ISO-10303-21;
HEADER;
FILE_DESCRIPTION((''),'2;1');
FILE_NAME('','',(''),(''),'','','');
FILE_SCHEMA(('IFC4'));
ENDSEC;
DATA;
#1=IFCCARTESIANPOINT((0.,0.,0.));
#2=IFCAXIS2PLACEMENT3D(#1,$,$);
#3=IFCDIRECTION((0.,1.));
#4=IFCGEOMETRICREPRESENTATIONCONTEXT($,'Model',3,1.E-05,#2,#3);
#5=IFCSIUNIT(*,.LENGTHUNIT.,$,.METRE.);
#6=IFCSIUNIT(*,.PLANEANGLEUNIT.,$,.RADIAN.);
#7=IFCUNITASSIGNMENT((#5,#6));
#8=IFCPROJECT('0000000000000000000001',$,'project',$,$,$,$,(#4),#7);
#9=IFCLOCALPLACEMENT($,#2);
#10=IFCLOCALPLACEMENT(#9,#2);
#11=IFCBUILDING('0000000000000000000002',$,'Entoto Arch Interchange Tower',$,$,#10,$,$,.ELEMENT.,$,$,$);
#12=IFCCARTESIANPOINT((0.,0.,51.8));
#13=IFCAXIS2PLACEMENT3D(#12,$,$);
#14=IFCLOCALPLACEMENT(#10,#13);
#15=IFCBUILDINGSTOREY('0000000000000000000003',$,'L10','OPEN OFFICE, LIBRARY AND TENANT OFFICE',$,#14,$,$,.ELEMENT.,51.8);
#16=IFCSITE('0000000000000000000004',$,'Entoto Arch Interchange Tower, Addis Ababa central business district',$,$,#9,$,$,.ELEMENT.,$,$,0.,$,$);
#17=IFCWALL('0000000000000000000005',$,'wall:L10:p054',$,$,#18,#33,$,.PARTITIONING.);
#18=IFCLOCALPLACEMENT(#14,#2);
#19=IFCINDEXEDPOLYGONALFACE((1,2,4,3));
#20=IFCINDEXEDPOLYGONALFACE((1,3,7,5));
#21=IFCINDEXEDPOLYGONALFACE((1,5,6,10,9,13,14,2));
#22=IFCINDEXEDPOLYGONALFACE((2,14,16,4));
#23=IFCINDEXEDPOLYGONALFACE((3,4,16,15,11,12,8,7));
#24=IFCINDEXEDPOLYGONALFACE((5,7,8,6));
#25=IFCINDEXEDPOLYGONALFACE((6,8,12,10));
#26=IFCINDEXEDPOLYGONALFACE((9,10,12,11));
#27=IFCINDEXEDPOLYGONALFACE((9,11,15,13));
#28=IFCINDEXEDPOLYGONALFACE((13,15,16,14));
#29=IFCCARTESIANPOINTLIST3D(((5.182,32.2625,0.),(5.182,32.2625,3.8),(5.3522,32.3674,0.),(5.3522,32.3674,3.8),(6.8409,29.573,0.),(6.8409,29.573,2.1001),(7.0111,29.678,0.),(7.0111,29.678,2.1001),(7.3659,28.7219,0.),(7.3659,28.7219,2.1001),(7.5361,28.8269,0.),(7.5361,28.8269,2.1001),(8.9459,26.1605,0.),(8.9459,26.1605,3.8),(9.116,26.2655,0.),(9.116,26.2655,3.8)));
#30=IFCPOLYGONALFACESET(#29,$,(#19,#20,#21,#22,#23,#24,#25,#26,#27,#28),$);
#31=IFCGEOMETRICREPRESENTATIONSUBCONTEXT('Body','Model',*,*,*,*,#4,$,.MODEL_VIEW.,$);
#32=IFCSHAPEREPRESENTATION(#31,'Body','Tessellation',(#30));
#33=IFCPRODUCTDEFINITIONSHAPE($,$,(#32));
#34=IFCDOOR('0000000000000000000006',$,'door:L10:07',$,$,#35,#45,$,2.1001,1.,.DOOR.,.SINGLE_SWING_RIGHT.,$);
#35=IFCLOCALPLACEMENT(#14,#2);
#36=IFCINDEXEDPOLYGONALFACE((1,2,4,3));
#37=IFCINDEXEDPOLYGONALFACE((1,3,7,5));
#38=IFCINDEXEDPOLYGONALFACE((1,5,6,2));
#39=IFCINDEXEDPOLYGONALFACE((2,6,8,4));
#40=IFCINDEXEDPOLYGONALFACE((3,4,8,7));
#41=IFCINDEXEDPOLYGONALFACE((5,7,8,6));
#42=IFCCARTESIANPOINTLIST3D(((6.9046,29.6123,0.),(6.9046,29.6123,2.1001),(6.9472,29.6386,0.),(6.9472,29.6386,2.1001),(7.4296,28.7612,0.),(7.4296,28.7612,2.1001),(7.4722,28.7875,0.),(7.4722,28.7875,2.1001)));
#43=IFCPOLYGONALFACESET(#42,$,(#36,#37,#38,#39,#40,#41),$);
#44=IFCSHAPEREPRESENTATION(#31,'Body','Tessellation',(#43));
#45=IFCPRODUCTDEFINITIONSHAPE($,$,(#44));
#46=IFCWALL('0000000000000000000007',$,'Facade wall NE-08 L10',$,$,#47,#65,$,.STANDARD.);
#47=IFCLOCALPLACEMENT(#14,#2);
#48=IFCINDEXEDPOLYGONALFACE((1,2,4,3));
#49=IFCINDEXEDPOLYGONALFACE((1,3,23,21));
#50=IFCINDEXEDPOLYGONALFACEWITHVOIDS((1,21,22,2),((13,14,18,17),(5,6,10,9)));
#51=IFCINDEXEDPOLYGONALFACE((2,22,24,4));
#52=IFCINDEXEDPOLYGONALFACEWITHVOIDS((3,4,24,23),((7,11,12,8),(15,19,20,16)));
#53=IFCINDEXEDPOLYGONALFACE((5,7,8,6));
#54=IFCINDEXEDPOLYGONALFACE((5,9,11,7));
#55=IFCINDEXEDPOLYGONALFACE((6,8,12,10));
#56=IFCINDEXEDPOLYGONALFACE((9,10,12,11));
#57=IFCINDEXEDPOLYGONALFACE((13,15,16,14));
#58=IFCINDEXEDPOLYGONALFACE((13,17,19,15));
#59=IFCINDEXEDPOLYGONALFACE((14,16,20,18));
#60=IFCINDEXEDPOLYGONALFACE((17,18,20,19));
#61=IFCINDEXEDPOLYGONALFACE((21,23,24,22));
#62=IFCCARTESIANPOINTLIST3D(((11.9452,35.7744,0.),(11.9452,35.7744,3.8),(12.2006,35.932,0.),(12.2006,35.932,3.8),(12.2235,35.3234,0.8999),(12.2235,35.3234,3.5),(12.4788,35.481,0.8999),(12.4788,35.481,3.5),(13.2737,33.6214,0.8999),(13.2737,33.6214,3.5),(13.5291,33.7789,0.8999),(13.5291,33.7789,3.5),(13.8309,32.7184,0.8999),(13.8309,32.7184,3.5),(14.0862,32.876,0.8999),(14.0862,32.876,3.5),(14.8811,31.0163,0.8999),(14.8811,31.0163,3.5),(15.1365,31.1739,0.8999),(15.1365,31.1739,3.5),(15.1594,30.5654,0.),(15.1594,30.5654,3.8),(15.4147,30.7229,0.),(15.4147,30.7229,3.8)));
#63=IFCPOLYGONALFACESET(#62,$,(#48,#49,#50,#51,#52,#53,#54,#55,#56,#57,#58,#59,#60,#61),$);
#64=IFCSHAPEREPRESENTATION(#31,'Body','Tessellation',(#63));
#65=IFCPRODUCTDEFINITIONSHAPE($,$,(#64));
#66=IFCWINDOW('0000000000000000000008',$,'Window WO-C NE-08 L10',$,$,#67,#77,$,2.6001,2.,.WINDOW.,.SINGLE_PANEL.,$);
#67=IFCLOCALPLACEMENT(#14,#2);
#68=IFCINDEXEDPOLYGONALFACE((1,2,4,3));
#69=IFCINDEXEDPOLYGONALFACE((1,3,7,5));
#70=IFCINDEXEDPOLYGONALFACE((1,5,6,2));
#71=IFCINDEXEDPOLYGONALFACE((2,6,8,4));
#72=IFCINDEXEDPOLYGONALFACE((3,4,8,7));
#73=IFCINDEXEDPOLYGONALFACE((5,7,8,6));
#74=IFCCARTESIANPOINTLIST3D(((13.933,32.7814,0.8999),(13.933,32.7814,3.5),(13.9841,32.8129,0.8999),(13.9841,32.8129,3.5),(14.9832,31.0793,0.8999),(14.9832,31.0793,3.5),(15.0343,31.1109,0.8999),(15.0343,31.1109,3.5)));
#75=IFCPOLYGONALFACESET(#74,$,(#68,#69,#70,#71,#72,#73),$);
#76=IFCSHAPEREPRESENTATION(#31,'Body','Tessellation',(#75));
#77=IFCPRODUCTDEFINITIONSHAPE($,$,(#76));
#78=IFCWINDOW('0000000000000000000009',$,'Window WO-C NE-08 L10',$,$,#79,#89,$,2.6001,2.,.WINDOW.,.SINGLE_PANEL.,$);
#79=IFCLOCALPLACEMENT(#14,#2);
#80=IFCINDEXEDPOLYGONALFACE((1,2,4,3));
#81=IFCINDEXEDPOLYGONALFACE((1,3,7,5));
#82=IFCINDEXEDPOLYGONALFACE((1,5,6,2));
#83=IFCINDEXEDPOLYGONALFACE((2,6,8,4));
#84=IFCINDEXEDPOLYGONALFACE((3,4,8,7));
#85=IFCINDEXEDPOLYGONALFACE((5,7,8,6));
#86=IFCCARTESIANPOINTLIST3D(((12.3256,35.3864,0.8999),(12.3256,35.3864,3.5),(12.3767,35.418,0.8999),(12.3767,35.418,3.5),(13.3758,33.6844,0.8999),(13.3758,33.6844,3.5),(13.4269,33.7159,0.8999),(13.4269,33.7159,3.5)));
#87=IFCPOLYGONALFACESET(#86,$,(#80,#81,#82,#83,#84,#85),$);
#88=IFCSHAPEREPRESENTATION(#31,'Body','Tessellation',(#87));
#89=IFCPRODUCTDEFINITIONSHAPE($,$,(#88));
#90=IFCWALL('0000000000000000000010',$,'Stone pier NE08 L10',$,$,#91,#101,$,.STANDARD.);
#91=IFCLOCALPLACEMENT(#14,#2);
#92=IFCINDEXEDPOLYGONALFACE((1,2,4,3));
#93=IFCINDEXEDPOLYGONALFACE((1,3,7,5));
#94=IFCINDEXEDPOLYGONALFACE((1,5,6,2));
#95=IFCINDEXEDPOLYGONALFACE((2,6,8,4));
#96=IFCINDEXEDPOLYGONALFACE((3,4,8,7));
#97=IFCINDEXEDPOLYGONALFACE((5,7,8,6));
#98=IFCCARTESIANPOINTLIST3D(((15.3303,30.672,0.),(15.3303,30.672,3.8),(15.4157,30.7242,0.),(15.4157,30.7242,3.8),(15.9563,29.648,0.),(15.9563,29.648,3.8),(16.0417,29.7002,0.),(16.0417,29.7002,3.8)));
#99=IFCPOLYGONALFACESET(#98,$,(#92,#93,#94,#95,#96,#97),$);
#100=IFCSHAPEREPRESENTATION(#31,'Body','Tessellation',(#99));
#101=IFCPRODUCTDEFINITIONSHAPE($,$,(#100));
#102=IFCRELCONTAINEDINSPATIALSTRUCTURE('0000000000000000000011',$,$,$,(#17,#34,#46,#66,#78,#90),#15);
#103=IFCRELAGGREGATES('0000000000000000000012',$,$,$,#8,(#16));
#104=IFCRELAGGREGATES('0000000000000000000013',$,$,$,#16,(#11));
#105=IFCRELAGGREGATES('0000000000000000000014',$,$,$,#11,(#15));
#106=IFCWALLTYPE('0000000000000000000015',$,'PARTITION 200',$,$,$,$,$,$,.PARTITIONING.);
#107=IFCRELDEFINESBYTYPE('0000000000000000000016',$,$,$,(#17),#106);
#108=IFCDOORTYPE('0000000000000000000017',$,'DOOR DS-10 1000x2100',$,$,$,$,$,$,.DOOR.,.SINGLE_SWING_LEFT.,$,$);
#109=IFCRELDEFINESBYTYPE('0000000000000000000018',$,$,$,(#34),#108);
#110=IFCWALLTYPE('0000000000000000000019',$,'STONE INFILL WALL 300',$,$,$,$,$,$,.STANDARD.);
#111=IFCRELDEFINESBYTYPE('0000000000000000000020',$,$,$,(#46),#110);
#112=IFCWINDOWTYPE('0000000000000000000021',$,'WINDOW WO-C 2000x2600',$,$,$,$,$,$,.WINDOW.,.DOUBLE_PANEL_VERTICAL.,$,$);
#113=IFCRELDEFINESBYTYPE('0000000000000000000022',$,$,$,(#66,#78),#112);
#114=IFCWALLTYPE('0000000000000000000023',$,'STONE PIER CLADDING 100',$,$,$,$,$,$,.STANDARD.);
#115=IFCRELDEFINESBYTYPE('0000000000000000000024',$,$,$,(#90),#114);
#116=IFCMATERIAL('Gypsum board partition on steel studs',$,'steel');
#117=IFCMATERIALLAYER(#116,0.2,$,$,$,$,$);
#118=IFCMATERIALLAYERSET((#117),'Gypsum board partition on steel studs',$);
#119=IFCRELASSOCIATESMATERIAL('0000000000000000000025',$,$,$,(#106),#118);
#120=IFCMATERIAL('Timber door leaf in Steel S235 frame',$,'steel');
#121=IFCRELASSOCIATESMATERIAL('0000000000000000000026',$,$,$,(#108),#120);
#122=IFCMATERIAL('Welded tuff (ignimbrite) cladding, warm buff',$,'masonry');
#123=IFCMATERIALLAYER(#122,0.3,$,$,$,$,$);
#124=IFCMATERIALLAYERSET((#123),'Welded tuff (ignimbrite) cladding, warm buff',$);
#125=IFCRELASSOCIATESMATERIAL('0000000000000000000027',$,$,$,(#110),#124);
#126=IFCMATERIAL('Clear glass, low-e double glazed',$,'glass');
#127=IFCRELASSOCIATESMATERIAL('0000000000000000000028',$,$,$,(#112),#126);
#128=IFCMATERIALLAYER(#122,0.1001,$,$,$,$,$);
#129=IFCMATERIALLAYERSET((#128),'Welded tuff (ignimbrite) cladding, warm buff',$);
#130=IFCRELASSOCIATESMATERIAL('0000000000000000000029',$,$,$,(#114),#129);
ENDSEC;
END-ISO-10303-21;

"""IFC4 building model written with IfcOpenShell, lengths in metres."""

from ifc_helpers import new_model, si_unit, direction, frame, frame_2d, origin, place, context, subcontext, project, spatial, rectangle, extrude, material, layer, layer_set, type_object, element, fill, save


model = new_model("IFC4")

# Units and contexts
model_context = context("Model", 3, precision=1e-05, world=origin(), true_north=direction((0.0, 1.0)))
body_context = subcontext(model_context, "Body", "Model", "MODEL_VIEW")
ifc_project = project(units=[si_unit("LENGTHUNIT", "METRE"), si_unit("PLANEANGLEUNIT", "RADIAN")], contexts=[model_context])

# Site, building, storey
site_placement = place(None, origin())
site = spatial("IfcSite", under=ifc_project, at=site_placement, Name="Entoto Arch Interchange Tower, Addis Ababa central business district", CompositionType="ELEMENT", RefElevation=0.0)
building_placement = place(site_placement, origin())
building = spatial("IfcBuilding", under=site, at=building_placement, Name="Entoto Arch Interchange Tower", CompositionType="ELEMENT")
storey_placement = place(building_placement, frame((0.0, 0.0, 51.8)))
storey = spatial("IfcBuildingStorey", under=building, at=storey_placement, Name="L10", Description="OPEN OFFICE, LIBRARY AND TENANT OFFICE", CompositionType="ELEMENT", Elevation=51.8)

# Shared definitions
ifc_material_1 = material(Name="Gypsum board partition on steel studs", Category="steel")
ifc_layer_1 = layer(ifc_material_1, 0.2)
ifc_layer_set_1 = layer_set([ifc_layer_1], Name="Gypsum board partition on steel studs")
wall_type_1 = type_object("IfcWallType", Name="PARTITION 200", PredefinedType="PARTITIONING", material=ifc_layer_set_1)

# Shared definitions
ifc_material_2 = material(Name="Timber door leaf in Steel S235 frame", Category="steel")
door_type = type_object("IfcDoorType", Name="DOOR DS-10 1000x2100", OperationType="SINGLE_SWING_LEFT", PredefinedType="DOOR", material=ifc_material_2)

# Wall, opening, door
wall_1_placement = place(storey_placement, frame((5.2671, 32.3149, 0.0), z_axis=(0.0, 0.0, 1.0), x_axis=(0.524988, -0.85111, 0.0)))
wall_1 = element("IfcWall", 1, at=wall_1_placement, inside=storey, type_object=wall_type_1, Name="wall:L10:p054", PredefinedType="PARTITIONING", context=body_context, shape_type="SweptSolid", body=[
    extrude(rectangle(XDim=7.1694, YDim=0.2, at=frame_2d((3.5847, 0.0))), origin(), (0.0, 0.0, 1.0), 3.8),
])
opening_1_placement = place(wall_1_placement, frame((3.1599, 0.0, 0.0)))
opening_1 = element("IfcOpeningElement", 2, at=opening_1_placement, cuts=wall_1, PredefinedType="OPENING", context=body_context, shape_type="SweptSolid", body=[
    extrude(rectangle(XDim=1.0, YDim=2.1001, at=frame_2d((0.5, 1.05))), frame((0.0, 0.1099, 0.0), z_axis=(0.0, -1.0, 0.0), x_axis=(1.0, 0.0, 0.0)), (0.0, 0.0, 1.0), 0.22),
])
door_1_placement = place(opening_1_placement, origin())
door_1 = element("IfcDoor", 3, at=door_1_placement, inside=storey, type_object=door_type, Name="door:L10:07", OperationType="SINGLE_SWING_RIGHT", OverallHeight=2.1001, OverallWidth=1.0, PredefinedType="DOOR", context=body_context, shape_type="SweptSolid", body=[
    extrude(rectangle(XDim=1.0, YDim=2.1001, at=frame_2d((0.5, 1.05))), frame((0.0, 0.0249, 0.0), z_axis=(0.0, -1.0, 0.0), x_axis=(1.0, 0.0, 0.0)), (0.0, 0.0, 1.0), 0.05),
])
fill(opening_1, door_1)

# Wall, openings, windows
ifc_material_3 = material(Name="Welded tuff (ignimbrite) cladding, warm buff", Category="masonry")
ifc_layer_2 = layer(ifc_material_3, 0.3)
ifc_layer_set_2 = layer_set([ifc_layer_2], Name="Welded tuff (ignimbrite) cladding, warm buff")
wall_type_2 = type_object("IfcWallType", Name="STONE INFILL WALL 300", PredefinedType="STANDARD", material=ifc_layer_set_2)
wall_2_placement = place(storey_placement, frame((15.2871, 30.644, 0.0), z_axis=(0.0, 0.0, 1.0), x_axis=(-0.525114, 0.851032, 0.0)))
wall_2 = element("IfcWall", 4, at=wall_2_placement, inside=storey, type_object=wall_type_2, Name="Facade wall NE-08 L10", PredefinedType="STANDARD", context=body_context, shape_type="SweptSolid", body=[
    extrude(rectangle(XDim=6.1208, YDim=0.3, at=frame_2d((3.0605, 0.0))), origin(), (0.0, 0.0, 1.0), 3.8),
])
opening_2_placement = place(wall_2_placement, frame((0.53, 0.0, 0.8999)))
opening_2 = element("IfcOpeningElement", 5, at=opening_2_placement, cuts=wall_2, PredefinedType="OPENING", context=body_context, shape_type="SweptSolid", body=[
    extrude(rectangle(XDim=2.0, YDim=2.6001, at=frame_2d((1.0, 1.3))), frame((0.0, 0.1602, 0.0), z_axis=(0.0, -1.0, 0.0), x_axis=(1.0, 0.0, 0.0)), (0.0, 0.0, 1.0), 0.3201),
])
opening_3_placement = place(wall_2_placement, frame((3.5911, 0.0, 0.8999)))
opening_3 = element("IfcOpeningElement", 6, at=opening_3_placement, cuts=wall_2, PredefinedType="OPENING", context=body_context, shape_type="SweptSolid", body=[
    extrude(rectangle(XDim=2.0, YDim=2.6001, at=frame_2d((1.0, 1.3))), frame((0.0, 0.1602, 0.0), z_axis=(0.0, -1.0, 0.0), x_axis=(1.0, 0.0, 0.0)), (0.0, 0.0, 1.0), 0.3201),
])
ifc_material_4 = material(Name="Clear glass, low-e double glazed", Category="glass")
window_type = type_object("IfcWindowType", Name="WINDOW WO-C 2000x2600", PartitioningType="DOUBLE_PANEL_VERTICAL", PredefinedType="WINDOW", material=ifc_material_4)
window_1_placement = place(opening_2_placement, origin())
window_1 = element("IfcWindow", 7, at=window_1_placement, inside=storey, type_object=window_type, Name="Window WO-C NE-08 L10", OverallHeight=2.6001, OverallWidth=2.0, PartitioningType="SINGLE_PANEL", PredefinedType="WINDOW", context=body_context, shape_type="SweptSolid", body=[
    extrude(rectangle(XDim=2.0, YDim=2.6001, at=frame_2d((1.0, 1.3))), frame((0.0, 0.03, 0.0), z_axis=(0.0, -1.0, 0.0), x_axis=(1.0, 0.0, 0.0)), (0.0, 0.0, 1.0), 0.0601),
])
fill(opening_2, window_1)
window_2_placement = place(opening_3_placement, origin())
window_2 = element("IfcWindow", 8, at=window_2_placement, inside=storey, type_object=window_type, Name="Window WO-C NE-08 L10", OverallHeight=2.6001, OverallWidth=2.0, PartitioningType="SINGLE_PANEL", PredefinedType="WINDOW", context=body_context, shape_type="SweptSolid", body=[
    extrude(rectangle(XDim=2.0, YDim=2.6001, at=frame_2d((1.0, 1.3))), frame((0.0, 0.03, 0.0), z_axis=(0.0, -1.0, 0.0), x_axis=(1.0, 0.0, 0.0)), (0.0, 0.0, 1.0), 0.0601),
])
fill(opening_3, window_2)

# Wall
ifc_layer_3 = layer(ifc_material_3, 0.1001)
ifc_layer_set_3 = layer_set([ifc_layer_3], Name="Welded tuff (ignimbrite) cladding, warm buff")
wall_type_3 = type_object("IfcWallType", Name="STONE PIER CLADDING 100", PredefinedType="STANDARD", material=ifc_layer_set_3)
wall_3_placement = place(storey_placement, frame((15.999, 29.6741, 0.0), z_axis=(0.0, 0.0, 1.0), x_axis=(-0.521598, 0.853191, 0.0)))
element("IfcWall", 9, at=wall_3_placement, inside=storey, type_object=wall_type_3, Name="Stone pier NE08 L10", PredefinedType="STANDARD", context=body_context, shape_type="SweptSolid", body=[
    extrude(rectangle(XDim=1.2002, YDim=0.1001, at=frame_2d((0.6001, 0.0))), origin(), (0.0, 0.0, 1.0), 3.8),
])

save(model, "model.ifc")
